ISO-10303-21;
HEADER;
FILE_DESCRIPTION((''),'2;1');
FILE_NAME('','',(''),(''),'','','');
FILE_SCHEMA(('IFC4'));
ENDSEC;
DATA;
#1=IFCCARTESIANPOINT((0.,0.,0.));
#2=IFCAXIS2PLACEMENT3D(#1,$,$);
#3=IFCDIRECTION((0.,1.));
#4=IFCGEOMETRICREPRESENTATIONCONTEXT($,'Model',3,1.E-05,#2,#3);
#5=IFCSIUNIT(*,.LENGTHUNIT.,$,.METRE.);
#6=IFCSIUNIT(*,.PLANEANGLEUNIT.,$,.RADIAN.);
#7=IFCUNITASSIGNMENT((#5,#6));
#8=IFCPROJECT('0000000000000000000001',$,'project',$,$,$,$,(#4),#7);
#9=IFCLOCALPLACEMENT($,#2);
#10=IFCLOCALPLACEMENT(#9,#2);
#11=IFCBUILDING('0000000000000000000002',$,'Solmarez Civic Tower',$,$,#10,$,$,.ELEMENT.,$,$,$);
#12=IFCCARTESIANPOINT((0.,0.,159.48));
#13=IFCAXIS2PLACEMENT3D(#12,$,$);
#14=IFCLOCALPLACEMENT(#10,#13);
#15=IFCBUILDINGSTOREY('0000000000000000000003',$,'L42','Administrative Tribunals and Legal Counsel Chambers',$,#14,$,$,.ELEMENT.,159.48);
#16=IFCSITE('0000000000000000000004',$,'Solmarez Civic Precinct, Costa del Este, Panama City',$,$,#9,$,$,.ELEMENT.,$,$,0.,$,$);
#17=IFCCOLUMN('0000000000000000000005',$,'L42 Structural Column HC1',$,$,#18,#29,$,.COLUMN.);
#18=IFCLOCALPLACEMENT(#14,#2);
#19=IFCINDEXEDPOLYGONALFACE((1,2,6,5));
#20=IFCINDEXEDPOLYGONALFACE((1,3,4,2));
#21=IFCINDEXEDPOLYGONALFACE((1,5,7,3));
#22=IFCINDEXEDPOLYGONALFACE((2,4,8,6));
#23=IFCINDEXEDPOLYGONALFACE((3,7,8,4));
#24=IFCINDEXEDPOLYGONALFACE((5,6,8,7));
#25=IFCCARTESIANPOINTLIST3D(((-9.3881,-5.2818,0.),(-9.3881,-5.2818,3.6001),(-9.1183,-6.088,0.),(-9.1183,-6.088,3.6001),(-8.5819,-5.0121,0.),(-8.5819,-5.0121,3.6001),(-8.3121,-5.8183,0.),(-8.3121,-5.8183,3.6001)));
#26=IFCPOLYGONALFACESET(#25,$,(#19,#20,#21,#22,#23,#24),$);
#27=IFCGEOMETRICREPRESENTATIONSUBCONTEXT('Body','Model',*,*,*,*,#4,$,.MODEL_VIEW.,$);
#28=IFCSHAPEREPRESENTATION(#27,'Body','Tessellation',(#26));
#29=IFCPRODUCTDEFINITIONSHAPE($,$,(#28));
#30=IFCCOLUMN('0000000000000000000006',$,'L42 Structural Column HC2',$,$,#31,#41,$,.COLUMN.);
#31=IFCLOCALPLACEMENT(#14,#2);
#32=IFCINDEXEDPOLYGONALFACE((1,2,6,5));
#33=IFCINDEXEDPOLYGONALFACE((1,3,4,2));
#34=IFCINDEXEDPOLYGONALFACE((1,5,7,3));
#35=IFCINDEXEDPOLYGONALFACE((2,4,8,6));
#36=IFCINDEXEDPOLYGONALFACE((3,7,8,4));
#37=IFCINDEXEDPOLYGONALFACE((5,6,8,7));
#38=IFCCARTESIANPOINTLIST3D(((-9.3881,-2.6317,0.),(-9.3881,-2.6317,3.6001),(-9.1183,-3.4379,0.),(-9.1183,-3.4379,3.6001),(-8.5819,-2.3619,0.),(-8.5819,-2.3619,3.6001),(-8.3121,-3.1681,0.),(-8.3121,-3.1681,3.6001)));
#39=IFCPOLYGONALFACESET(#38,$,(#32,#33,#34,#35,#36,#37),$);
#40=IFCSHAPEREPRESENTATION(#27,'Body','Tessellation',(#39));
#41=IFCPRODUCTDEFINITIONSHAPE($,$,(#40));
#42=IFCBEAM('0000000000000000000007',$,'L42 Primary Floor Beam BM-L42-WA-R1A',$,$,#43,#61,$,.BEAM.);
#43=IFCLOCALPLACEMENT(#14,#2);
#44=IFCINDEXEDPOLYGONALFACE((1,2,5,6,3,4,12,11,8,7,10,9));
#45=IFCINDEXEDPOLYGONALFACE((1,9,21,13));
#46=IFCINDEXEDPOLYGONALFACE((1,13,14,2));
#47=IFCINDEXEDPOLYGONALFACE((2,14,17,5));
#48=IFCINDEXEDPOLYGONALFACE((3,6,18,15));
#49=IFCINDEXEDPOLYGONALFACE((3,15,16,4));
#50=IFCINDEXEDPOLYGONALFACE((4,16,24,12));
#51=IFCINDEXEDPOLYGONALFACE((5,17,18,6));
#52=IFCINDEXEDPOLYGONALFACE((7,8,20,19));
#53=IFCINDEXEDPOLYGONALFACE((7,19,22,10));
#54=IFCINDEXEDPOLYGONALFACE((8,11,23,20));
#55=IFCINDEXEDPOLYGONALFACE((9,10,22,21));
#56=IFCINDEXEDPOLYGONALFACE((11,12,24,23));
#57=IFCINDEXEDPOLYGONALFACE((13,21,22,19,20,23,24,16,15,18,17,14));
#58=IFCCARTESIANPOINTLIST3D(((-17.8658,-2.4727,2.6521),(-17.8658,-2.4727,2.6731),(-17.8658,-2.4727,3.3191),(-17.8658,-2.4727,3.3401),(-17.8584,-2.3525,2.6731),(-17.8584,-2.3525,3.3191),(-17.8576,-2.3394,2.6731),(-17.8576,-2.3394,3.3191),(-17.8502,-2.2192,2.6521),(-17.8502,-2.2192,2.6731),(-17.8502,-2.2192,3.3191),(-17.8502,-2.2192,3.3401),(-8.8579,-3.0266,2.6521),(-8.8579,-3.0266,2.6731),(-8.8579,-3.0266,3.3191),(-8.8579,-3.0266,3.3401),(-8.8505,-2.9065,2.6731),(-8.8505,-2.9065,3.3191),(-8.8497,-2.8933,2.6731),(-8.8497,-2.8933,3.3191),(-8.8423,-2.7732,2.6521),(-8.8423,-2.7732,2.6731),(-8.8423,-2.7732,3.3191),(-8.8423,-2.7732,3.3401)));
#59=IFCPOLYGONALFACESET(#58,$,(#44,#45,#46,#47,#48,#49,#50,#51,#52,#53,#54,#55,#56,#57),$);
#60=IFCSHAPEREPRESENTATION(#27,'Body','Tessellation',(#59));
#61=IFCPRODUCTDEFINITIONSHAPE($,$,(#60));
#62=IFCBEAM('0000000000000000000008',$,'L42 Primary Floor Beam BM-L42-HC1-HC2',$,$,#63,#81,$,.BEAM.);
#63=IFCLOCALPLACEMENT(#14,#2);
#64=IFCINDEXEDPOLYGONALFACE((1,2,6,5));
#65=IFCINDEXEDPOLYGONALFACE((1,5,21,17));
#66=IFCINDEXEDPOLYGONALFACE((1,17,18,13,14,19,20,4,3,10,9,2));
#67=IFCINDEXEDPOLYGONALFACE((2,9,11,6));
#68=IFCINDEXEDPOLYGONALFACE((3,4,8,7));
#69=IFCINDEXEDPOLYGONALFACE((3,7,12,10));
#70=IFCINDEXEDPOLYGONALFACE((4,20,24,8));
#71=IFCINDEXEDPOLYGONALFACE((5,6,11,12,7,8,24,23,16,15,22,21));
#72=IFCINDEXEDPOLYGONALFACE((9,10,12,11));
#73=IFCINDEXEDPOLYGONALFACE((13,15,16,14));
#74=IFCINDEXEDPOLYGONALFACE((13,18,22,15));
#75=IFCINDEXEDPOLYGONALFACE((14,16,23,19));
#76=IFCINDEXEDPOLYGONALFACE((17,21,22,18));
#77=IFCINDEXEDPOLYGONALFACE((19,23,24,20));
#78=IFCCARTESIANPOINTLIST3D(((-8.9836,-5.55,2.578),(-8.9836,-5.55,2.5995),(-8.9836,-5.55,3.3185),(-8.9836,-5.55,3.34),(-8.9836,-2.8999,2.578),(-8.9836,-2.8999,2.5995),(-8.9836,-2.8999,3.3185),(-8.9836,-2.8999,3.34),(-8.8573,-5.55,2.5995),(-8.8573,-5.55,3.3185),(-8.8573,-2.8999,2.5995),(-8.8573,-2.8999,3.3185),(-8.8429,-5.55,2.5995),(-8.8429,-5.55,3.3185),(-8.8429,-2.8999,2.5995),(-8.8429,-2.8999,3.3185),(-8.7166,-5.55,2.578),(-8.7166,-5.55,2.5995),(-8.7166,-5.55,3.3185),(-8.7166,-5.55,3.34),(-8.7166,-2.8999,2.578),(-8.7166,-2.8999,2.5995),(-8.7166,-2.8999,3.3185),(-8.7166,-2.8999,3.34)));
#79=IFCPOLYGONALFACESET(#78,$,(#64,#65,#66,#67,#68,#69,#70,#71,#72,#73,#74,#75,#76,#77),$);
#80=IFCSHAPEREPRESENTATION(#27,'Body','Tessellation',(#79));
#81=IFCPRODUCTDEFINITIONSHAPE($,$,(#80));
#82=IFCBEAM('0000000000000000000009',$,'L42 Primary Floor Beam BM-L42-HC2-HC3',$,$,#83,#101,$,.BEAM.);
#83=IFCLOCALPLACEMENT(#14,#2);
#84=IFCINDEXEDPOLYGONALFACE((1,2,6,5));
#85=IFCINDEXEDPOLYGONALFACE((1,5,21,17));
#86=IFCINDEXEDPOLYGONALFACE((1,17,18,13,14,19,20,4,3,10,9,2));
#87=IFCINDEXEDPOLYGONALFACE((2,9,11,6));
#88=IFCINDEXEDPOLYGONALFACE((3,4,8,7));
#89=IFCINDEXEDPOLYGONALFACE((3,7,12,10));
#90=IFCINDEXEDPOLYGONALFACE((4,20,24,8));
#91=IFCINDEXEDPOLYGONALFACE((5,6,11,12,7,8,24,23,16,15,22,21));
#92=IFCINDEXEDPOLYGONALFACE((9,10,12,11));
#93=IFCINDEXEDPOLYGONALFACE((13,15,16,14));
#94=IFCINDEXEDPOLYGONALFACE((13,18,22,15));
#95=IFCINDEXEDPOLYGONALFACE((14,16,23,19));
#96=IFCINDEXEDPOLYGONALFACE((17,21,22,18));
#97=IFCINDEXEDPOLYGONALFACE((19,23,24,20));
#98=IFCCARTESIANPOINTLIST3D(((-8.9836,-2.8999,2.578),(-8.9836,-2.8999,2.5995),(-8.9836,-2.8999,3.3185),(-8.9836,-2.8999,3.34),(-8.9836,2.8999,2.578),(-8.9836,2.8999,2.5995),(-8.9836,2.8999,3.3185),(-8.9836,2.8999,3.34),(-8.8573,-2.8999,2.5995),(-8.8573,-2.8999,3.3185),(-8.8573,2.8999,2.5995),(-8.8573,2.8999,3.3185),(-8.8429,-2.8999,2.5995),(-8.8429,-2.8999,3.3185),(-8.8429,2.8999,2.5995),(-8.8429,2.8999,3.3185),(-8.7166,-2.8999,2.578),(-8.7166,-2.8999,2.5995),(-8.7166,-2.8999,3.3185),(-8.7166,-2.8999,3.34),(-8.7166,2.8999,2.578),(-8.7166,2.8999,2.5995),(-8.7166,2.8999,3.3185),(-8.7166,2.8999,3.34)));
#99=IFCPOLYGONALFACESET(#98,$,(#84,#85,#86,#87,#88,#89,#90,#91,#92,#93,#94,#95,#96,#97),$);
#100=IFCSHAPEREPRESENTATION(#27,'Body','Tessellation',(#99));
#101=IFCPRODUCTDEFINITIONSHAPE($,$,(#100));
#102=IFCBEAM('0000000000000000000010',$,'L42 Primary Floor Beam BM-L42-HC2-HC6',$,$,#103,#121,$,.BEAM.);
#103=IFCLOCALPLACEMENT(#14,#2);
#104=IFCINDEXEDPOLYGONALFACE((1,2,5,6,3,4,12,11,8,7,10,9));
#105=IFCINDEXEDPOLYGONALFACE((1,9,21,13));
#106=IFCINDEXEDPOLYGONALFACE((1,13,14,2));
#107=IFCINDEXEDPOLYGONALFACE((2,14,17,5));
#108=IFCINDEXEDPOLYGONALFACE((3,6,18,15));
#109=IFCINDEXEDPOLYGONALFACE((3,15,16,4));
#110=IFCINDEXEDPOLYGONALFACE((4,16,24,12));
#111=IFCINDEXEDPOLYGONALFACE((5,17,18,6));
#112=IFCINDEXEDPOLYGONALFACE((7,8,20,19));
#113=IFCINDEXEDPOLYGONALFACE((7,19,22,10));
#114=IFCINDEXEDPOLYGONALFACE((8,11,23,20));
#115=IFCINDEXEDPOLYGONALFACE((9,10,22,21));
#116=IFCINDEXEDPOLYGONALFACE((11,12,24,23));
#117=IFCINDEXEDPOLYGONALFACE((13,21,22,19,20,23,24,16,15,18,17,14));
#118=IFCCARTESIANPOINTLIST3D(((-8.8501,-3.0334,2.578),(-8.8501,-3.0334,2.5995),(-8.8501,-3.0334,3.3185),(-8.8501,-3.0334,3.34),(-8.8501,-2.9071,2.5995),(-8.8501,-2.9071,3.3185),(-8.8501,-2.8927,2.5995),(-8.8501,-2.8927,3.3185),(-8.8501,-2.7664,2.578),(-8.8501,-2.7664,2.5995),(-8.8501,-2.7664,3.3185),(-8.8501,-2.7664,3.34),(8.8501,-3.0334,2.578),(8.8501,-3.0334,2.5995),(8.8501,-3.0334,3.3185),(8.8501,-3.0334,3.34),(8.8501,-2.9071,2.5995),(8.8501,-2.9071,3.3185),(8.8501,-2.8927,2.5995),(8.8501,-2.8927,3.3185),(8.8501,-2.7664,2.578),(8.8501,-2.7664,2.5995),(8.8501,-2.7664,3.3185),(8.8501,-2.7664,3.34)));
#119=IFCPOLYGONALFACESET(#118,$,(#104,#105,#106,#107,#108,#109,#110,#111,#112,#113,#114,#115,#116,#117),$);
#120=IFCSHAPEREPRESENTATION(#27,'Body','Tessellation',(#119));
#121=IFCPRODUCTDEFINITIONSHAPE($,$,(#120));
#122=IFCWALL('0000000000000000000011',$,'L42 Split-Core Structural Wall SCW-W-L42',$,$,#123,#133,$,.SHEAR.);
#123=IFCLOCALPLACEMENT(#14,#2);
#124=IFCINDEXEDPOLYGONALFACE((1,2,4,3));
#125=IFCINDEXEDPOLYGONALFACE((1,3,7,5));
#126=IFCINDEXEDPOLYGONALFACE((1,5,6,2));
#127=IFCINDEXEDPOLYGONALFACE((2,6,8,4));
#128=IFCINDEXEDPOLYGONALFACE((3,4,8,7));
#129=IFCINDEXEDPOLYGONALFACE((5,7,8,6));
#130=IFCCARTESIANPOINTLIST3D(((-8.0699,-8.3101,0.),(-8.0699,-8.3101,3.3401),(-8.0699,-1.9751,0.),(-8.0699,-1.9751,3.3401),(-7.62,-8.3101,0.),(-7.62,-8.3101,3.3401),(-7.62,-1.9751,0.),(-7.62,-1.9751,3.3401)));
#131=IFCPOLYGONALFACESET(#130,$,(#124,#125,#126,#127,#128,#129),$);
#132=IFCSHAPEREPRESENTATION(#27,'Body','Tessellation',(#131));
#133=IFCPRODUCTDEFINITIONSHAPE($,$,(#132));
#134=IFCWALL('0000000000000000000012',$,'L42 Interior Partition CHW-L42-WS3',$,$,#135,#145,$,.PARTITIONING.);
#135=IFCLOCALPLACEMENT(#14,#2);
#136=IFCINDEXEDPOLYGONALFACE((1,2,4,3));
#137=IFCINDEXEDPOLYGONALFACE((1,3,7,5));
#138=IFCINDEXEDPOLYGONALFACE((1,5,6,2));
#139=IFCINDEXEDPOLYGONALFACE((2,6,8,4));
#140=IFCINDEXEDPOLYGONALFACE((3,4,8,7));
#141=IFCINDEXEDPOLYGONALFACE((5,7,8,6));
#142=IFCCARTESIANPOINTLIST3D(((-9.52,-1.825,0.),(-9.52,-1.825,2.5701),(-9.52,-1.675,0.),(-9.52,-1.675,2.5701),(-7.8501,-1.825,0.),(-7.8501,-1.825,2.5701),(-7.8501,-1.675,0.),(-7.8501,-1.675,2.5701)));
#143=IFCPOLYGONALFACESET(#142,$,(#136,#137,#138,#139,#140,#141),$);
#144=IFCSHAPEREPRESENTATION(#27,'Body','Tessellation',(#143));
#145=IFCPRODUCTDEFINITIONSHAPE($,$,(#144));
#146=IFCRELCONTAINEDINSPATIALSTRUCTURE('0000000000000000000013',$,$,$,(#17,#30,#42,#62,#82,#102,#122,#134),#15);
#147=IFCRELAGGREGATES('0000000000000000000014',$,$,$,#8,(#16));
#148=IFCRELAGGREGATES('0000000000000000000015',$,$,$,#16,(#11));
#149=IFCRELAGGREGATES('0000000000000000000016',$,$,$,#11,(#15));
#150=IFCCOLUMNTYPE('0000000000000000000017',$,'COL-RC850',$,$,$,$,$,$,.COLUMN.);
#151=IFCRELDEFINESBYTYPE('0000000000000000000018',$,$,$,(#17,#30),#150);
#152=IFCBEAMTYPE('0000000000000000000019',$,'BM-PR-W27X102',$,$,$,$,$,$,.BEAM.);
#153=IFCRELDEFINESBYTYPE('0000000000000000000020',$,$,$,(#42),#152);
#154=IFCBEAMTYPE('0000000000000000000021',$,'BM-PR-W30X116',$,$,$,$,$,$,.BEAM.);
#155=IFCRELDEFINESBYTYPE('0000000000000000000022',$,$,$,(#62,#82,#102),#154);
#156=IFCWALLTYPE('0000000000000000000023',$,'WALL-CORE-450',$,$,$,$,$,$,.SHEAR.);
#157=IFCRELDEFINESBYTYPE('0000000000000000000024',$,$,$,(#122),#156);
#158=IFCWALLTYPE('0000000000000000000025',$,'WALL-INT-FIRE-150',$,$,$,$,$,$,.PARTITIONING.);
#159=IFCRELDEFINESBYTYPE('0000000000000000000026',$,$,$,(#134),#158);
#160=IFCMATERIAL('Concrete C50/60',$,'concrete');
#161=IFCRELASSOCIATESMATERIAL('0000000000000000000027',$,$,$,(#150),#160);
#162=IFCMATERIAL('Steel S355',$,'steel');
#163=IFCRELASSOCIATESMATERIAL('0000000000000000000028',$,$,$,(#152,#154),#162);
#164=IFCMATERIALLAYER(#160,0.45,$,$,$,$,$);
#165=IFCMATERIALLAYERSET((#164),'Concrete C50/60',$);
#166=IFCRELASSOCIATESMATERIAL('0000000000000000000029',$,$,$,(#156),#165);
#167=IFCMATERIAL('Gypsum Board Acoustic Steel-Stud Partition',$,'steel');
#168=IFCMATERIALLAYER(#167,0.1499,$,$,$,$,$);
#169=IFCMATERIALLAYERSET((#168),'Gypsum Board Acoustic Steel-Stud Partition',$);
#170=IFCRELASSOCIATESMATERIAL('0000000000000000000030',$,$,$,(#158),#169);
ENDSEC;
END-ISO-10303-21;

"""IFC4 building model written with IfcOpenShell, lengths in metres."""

from ifc_helpers import new_model, si_unit, direction, frame, frame_2d, origin, origin_2d, place, context, subcontext, project, spatial, rectangle, i_section, extrude, material, layer, layer_set, material_profile, profile_set, type_object, element, save


model = new_model("IFC4")

# Units and contexts
model_context = context("Model", 3, precision=1e-05, world=origin(), true_north=direction((0.0, 1.0)))
body_context = subcontext(model_context, "Body", "Model", "MODEL_VIEW")
ifc_project = project(units=[si_unit("LENGTHUNIT", "METRE"), si_unit("PLANEANGLEUNIT", "RADIAN")], contexts=[model_context])

# Site, building, storey
site_placement = place(None, origin())
site = spatial("IfcSite", under=ifc_project, at=site_placement, Name="Solmarez Civic Precinct, Costa del Este, Panama City", CompositionType="ELEMENT", RefElevation=0.0)
building_placement = place(site_placement, origin())
building = spatial("IfcBuilding", under=site, at=building_placement, Name="Solmarez Civic Tower", CompositionType="ELEMENT")
storey_placement = place(building_placement, frame((0.0, 0.0, 159.48)))
storey = spatial("IfcBuildingStorey", under=building, at=storey_placement, Name="L42", Description="Administrative Tribunals and Legal Counsel Chambers", CompositionType="ELEMENT", Elevation=159.48)

# Columns
ifc_material_1 = material(Name="Concrete C50/60", Category="concrete")
ifc_material_profile_1 = material_profile(ifc_material_1, rectangle(XDim=0.8501, YDim=0.8501, at=origin_2d()), Name="RC850X850")
ifc_profile_set_1 = profile_set([ifc_material_profile_1], Name="Concrete C50/60")
column_type = type_object("IfcColumnType", Name="COL-RC850", PredefinedType="COLUMN", material=ifc_profile_set_1)
for number, where, z_axis, x_axis, name in (
    (1, (-8.8501, -5.55, 0.0), (0.0, 0.0, 1.0), (0.948324, 0.317305, 0.0), "L42 Structural Column HC1"),
    (2, (-8.8501, -2.8999, 0.0), (0.0, 0.0, 1.0), (0.948324, 0.317305, 0.0), "L42 Structural Column HC2"),
):
    element("IfcColumn", number, at=place(storey_placement, frame(where, z_axis=z_axis, x_axis=x_axis)), inside=storey, type_object=column_type, Name=name, PredefinedType="COLUMN", context=body_context, shape_type="SweptSolid", body=[
        extrude(rectangle(XDim=0.8501, YDim=0.8501, at=origin_2d()), origin(), (0.0, 0.0, 1.0), 3.6001),
    ])

# Beams
ifc_material_2 = material(Name="Steel S355", Category="steel")
ifc_material_profile_2 = material_profile(ifc_material_2, i_section(OverallWidth=0.2539, OverallDepth=0.688, WebThickness=0.0132, FlangeThickness=0.021, at=origin_2d()), Name="W27X102")
ifc_profile_set_2 = profile_set([ifc_material_profile_2], Name="Steel S355")
beam_type_1 = type_object("IfcBeamType", Name="BM-PR-W27X102", PredefinedType="BEAM", material=ifc_profile_set_2)
beam_1_placement = place(storey_placement, frame((-8.8501, -2.8999, 2.9961), z_axis=(-0.998114, 0.061381, 0.0), x_axis=(-0.061381, -0.998114, 0.0)))
element("IfcBeam", 3, at=beam_1_placement, inside=storey, type_object=beam_type_1, Name="L42 Primary Floor Beam BM-L42-WA-R1A", PredefinedType="BEAM", context=body_context, shape_type="SweptSolid", body=[
    extrude(i_section(OverallWidth=0.2539, OverallDepth=0.688, WebThickness=0.0132, FlangeThickness=0.021, at=origin_2d()), origin(), (0.0, 0.0, 1.0), 9.0249),
])
ifc_material_profile_3 = material_profile(ifc_material_2, i_section(OverallWidth=0.2671, OverallDepth=0.762, WebThickness=0.0144, FlangeThickness=0.0215, at=origin_2d()), Name="W30X116")
ifc_profile_set_3 = profile_set([ifc_material_profile_3], Name="Steel S355")
beam_type_2 = type_object("IfcBeamType", Name="BM-PR-W30X116", PredefinedType="BEAM", material=ifc_profile_set_3)
beam_2_placement = place(storey_placement, frame((-8.8501, -5.55, 2.959), z_axis=(0.0, 1.0, 0.0), x_axis=(-1.0, 0.0, 0.0)))
element("IfcBeam", 4, at=beam_2_placement, inside=storey, type_object=beam_type_2, Name="L42 Primary Floor Beam BM-L42-HC1-HC2", PredefinedType="BEAM", context=body_context, shape_type="SweptSolid", body=[
    extrude(i_section(OverallWidth=0.2671, OverallDepth=0.762, WebThickness=0.0144, FlangeThickness=0.0215, at=origin_2d()), origin(), (0.0, 0.0, 1.0), 2.6501),
])
beam_3_placement = place(storey_placement, frame((-8.8501, -2.8999, 2.959), z_axis=(0.0, 1.0, 0.0), x_axis=(-1.0, 0.0, 0.0)))
element("IfcBeam", 5, at=beam_3_placement, inside=storey, type_object=beam_type_2, Name="L42 Primary Floor Beam BM-L42-HC2-HC3", PredefinedType="BEAM", context=body_context, shape_type="SweptSolid", body=[
    extrude(i_section(OverallWidth=0.2671, OverallDepth=0.762, WebThickness=0.0144, FlangeThickness=0.0215, at=origin_2d()), origin(), (0.0, 0.0, 1.0), 5.7998),
])
beam_4_placement = place(storey_placement, frame((-8.8501, -2.8999, 2.959), z_axis=(1.0, 0.0, 0.0), x_axis=(0.0, 1.0, 0.0)))
element("IfcBeam", 6, at=beam_4_placement, inside=storey, type_object=beam_type_2, Name="L42 Primary Floor Beam BM-L42-HC2-HC6", PredefinedType="BEAM", context=body_context, shape_type="SweptSolid", body=[
    extrude(i_section(OverallWidth=0.2671, OverallDepth=0.762, WebThickness=0.0144, FlangeThickness=0.0215, at=origin_2d()), origin(), (0.0, 0.0, 1.0), 17.7002),
])

# Shared definitions
ifc_layer_1 = layer(ifc_material_1, 0.45)
ifc_layer_set_1 = layer_set([ifc_layer_1], Name="Concrete C50/60")
wall_type_1 = type_object("IfcWallType", Name="WALL-CORE-450", PredefinedType="SHEAR", material=ifc_layer_set_1)

# Walls
wall_1_placement = place(storey_placement, frame((-7.845, -8.3101, 0.0), z_axis=(0.0, 0.0, 1.0), x_axis=(0.0, 1.0, 0.0)))
element("IfcWall", 7, at=wall_1_placement, inside=storey, type_object=wall_type_1, Name="L42 Split-Core Structural Wall SCW-W-L42", PredefinedType="SHEAR", context=body_context, shape_type="SweptSolid", body=[
    extrude(rectangle(XDim=6.335, YDim=0.45, at=frame_2d((3.1675, 0.0))), origin(), (0.0, 0.0, 1.0), 3.3401),
])
ifc_material_3 = material(Name="Gypsum Board Acoustic Steel-Stud Partition", Category="steel")
ifc_layer_2 = layer(ifc_material_3, 0.1499)
ifc_layer_set_2 = layer_set([ifc_layer_2], Name="Gypsum Board Acoustic Steel-Stud Partition")
wall_type_2 = type_object("IfcWallType", Name="WALL-INT-FIRE-150", PredefinedType="PARTITIONING", material=ifc_layer_set_2)
wall_2_placement = place(storey_placement, frame((-7.8501, -1.75, 0.0), z_axis=(0.0, 0.0, 1.0), x_axis=(-1.0, 0.0, 0.0)))
element("IfcWall", 8, at=wall_2_placement, inside=storey, type_object=wall_type_2, Name="L42 Interior Partition CHW-L42-WS3", PredefinedType="PARTITIONING", context=body_context, shape_type="SweptSolid", body=[
    extrude(rectangle(XDim=1.6699, YDim=0.1499, at=frame_2d((0.835, 0.0))), origin(), (0.0, 0.0, 1.0), 2.5701),
])

save(model, "model.ifc")
